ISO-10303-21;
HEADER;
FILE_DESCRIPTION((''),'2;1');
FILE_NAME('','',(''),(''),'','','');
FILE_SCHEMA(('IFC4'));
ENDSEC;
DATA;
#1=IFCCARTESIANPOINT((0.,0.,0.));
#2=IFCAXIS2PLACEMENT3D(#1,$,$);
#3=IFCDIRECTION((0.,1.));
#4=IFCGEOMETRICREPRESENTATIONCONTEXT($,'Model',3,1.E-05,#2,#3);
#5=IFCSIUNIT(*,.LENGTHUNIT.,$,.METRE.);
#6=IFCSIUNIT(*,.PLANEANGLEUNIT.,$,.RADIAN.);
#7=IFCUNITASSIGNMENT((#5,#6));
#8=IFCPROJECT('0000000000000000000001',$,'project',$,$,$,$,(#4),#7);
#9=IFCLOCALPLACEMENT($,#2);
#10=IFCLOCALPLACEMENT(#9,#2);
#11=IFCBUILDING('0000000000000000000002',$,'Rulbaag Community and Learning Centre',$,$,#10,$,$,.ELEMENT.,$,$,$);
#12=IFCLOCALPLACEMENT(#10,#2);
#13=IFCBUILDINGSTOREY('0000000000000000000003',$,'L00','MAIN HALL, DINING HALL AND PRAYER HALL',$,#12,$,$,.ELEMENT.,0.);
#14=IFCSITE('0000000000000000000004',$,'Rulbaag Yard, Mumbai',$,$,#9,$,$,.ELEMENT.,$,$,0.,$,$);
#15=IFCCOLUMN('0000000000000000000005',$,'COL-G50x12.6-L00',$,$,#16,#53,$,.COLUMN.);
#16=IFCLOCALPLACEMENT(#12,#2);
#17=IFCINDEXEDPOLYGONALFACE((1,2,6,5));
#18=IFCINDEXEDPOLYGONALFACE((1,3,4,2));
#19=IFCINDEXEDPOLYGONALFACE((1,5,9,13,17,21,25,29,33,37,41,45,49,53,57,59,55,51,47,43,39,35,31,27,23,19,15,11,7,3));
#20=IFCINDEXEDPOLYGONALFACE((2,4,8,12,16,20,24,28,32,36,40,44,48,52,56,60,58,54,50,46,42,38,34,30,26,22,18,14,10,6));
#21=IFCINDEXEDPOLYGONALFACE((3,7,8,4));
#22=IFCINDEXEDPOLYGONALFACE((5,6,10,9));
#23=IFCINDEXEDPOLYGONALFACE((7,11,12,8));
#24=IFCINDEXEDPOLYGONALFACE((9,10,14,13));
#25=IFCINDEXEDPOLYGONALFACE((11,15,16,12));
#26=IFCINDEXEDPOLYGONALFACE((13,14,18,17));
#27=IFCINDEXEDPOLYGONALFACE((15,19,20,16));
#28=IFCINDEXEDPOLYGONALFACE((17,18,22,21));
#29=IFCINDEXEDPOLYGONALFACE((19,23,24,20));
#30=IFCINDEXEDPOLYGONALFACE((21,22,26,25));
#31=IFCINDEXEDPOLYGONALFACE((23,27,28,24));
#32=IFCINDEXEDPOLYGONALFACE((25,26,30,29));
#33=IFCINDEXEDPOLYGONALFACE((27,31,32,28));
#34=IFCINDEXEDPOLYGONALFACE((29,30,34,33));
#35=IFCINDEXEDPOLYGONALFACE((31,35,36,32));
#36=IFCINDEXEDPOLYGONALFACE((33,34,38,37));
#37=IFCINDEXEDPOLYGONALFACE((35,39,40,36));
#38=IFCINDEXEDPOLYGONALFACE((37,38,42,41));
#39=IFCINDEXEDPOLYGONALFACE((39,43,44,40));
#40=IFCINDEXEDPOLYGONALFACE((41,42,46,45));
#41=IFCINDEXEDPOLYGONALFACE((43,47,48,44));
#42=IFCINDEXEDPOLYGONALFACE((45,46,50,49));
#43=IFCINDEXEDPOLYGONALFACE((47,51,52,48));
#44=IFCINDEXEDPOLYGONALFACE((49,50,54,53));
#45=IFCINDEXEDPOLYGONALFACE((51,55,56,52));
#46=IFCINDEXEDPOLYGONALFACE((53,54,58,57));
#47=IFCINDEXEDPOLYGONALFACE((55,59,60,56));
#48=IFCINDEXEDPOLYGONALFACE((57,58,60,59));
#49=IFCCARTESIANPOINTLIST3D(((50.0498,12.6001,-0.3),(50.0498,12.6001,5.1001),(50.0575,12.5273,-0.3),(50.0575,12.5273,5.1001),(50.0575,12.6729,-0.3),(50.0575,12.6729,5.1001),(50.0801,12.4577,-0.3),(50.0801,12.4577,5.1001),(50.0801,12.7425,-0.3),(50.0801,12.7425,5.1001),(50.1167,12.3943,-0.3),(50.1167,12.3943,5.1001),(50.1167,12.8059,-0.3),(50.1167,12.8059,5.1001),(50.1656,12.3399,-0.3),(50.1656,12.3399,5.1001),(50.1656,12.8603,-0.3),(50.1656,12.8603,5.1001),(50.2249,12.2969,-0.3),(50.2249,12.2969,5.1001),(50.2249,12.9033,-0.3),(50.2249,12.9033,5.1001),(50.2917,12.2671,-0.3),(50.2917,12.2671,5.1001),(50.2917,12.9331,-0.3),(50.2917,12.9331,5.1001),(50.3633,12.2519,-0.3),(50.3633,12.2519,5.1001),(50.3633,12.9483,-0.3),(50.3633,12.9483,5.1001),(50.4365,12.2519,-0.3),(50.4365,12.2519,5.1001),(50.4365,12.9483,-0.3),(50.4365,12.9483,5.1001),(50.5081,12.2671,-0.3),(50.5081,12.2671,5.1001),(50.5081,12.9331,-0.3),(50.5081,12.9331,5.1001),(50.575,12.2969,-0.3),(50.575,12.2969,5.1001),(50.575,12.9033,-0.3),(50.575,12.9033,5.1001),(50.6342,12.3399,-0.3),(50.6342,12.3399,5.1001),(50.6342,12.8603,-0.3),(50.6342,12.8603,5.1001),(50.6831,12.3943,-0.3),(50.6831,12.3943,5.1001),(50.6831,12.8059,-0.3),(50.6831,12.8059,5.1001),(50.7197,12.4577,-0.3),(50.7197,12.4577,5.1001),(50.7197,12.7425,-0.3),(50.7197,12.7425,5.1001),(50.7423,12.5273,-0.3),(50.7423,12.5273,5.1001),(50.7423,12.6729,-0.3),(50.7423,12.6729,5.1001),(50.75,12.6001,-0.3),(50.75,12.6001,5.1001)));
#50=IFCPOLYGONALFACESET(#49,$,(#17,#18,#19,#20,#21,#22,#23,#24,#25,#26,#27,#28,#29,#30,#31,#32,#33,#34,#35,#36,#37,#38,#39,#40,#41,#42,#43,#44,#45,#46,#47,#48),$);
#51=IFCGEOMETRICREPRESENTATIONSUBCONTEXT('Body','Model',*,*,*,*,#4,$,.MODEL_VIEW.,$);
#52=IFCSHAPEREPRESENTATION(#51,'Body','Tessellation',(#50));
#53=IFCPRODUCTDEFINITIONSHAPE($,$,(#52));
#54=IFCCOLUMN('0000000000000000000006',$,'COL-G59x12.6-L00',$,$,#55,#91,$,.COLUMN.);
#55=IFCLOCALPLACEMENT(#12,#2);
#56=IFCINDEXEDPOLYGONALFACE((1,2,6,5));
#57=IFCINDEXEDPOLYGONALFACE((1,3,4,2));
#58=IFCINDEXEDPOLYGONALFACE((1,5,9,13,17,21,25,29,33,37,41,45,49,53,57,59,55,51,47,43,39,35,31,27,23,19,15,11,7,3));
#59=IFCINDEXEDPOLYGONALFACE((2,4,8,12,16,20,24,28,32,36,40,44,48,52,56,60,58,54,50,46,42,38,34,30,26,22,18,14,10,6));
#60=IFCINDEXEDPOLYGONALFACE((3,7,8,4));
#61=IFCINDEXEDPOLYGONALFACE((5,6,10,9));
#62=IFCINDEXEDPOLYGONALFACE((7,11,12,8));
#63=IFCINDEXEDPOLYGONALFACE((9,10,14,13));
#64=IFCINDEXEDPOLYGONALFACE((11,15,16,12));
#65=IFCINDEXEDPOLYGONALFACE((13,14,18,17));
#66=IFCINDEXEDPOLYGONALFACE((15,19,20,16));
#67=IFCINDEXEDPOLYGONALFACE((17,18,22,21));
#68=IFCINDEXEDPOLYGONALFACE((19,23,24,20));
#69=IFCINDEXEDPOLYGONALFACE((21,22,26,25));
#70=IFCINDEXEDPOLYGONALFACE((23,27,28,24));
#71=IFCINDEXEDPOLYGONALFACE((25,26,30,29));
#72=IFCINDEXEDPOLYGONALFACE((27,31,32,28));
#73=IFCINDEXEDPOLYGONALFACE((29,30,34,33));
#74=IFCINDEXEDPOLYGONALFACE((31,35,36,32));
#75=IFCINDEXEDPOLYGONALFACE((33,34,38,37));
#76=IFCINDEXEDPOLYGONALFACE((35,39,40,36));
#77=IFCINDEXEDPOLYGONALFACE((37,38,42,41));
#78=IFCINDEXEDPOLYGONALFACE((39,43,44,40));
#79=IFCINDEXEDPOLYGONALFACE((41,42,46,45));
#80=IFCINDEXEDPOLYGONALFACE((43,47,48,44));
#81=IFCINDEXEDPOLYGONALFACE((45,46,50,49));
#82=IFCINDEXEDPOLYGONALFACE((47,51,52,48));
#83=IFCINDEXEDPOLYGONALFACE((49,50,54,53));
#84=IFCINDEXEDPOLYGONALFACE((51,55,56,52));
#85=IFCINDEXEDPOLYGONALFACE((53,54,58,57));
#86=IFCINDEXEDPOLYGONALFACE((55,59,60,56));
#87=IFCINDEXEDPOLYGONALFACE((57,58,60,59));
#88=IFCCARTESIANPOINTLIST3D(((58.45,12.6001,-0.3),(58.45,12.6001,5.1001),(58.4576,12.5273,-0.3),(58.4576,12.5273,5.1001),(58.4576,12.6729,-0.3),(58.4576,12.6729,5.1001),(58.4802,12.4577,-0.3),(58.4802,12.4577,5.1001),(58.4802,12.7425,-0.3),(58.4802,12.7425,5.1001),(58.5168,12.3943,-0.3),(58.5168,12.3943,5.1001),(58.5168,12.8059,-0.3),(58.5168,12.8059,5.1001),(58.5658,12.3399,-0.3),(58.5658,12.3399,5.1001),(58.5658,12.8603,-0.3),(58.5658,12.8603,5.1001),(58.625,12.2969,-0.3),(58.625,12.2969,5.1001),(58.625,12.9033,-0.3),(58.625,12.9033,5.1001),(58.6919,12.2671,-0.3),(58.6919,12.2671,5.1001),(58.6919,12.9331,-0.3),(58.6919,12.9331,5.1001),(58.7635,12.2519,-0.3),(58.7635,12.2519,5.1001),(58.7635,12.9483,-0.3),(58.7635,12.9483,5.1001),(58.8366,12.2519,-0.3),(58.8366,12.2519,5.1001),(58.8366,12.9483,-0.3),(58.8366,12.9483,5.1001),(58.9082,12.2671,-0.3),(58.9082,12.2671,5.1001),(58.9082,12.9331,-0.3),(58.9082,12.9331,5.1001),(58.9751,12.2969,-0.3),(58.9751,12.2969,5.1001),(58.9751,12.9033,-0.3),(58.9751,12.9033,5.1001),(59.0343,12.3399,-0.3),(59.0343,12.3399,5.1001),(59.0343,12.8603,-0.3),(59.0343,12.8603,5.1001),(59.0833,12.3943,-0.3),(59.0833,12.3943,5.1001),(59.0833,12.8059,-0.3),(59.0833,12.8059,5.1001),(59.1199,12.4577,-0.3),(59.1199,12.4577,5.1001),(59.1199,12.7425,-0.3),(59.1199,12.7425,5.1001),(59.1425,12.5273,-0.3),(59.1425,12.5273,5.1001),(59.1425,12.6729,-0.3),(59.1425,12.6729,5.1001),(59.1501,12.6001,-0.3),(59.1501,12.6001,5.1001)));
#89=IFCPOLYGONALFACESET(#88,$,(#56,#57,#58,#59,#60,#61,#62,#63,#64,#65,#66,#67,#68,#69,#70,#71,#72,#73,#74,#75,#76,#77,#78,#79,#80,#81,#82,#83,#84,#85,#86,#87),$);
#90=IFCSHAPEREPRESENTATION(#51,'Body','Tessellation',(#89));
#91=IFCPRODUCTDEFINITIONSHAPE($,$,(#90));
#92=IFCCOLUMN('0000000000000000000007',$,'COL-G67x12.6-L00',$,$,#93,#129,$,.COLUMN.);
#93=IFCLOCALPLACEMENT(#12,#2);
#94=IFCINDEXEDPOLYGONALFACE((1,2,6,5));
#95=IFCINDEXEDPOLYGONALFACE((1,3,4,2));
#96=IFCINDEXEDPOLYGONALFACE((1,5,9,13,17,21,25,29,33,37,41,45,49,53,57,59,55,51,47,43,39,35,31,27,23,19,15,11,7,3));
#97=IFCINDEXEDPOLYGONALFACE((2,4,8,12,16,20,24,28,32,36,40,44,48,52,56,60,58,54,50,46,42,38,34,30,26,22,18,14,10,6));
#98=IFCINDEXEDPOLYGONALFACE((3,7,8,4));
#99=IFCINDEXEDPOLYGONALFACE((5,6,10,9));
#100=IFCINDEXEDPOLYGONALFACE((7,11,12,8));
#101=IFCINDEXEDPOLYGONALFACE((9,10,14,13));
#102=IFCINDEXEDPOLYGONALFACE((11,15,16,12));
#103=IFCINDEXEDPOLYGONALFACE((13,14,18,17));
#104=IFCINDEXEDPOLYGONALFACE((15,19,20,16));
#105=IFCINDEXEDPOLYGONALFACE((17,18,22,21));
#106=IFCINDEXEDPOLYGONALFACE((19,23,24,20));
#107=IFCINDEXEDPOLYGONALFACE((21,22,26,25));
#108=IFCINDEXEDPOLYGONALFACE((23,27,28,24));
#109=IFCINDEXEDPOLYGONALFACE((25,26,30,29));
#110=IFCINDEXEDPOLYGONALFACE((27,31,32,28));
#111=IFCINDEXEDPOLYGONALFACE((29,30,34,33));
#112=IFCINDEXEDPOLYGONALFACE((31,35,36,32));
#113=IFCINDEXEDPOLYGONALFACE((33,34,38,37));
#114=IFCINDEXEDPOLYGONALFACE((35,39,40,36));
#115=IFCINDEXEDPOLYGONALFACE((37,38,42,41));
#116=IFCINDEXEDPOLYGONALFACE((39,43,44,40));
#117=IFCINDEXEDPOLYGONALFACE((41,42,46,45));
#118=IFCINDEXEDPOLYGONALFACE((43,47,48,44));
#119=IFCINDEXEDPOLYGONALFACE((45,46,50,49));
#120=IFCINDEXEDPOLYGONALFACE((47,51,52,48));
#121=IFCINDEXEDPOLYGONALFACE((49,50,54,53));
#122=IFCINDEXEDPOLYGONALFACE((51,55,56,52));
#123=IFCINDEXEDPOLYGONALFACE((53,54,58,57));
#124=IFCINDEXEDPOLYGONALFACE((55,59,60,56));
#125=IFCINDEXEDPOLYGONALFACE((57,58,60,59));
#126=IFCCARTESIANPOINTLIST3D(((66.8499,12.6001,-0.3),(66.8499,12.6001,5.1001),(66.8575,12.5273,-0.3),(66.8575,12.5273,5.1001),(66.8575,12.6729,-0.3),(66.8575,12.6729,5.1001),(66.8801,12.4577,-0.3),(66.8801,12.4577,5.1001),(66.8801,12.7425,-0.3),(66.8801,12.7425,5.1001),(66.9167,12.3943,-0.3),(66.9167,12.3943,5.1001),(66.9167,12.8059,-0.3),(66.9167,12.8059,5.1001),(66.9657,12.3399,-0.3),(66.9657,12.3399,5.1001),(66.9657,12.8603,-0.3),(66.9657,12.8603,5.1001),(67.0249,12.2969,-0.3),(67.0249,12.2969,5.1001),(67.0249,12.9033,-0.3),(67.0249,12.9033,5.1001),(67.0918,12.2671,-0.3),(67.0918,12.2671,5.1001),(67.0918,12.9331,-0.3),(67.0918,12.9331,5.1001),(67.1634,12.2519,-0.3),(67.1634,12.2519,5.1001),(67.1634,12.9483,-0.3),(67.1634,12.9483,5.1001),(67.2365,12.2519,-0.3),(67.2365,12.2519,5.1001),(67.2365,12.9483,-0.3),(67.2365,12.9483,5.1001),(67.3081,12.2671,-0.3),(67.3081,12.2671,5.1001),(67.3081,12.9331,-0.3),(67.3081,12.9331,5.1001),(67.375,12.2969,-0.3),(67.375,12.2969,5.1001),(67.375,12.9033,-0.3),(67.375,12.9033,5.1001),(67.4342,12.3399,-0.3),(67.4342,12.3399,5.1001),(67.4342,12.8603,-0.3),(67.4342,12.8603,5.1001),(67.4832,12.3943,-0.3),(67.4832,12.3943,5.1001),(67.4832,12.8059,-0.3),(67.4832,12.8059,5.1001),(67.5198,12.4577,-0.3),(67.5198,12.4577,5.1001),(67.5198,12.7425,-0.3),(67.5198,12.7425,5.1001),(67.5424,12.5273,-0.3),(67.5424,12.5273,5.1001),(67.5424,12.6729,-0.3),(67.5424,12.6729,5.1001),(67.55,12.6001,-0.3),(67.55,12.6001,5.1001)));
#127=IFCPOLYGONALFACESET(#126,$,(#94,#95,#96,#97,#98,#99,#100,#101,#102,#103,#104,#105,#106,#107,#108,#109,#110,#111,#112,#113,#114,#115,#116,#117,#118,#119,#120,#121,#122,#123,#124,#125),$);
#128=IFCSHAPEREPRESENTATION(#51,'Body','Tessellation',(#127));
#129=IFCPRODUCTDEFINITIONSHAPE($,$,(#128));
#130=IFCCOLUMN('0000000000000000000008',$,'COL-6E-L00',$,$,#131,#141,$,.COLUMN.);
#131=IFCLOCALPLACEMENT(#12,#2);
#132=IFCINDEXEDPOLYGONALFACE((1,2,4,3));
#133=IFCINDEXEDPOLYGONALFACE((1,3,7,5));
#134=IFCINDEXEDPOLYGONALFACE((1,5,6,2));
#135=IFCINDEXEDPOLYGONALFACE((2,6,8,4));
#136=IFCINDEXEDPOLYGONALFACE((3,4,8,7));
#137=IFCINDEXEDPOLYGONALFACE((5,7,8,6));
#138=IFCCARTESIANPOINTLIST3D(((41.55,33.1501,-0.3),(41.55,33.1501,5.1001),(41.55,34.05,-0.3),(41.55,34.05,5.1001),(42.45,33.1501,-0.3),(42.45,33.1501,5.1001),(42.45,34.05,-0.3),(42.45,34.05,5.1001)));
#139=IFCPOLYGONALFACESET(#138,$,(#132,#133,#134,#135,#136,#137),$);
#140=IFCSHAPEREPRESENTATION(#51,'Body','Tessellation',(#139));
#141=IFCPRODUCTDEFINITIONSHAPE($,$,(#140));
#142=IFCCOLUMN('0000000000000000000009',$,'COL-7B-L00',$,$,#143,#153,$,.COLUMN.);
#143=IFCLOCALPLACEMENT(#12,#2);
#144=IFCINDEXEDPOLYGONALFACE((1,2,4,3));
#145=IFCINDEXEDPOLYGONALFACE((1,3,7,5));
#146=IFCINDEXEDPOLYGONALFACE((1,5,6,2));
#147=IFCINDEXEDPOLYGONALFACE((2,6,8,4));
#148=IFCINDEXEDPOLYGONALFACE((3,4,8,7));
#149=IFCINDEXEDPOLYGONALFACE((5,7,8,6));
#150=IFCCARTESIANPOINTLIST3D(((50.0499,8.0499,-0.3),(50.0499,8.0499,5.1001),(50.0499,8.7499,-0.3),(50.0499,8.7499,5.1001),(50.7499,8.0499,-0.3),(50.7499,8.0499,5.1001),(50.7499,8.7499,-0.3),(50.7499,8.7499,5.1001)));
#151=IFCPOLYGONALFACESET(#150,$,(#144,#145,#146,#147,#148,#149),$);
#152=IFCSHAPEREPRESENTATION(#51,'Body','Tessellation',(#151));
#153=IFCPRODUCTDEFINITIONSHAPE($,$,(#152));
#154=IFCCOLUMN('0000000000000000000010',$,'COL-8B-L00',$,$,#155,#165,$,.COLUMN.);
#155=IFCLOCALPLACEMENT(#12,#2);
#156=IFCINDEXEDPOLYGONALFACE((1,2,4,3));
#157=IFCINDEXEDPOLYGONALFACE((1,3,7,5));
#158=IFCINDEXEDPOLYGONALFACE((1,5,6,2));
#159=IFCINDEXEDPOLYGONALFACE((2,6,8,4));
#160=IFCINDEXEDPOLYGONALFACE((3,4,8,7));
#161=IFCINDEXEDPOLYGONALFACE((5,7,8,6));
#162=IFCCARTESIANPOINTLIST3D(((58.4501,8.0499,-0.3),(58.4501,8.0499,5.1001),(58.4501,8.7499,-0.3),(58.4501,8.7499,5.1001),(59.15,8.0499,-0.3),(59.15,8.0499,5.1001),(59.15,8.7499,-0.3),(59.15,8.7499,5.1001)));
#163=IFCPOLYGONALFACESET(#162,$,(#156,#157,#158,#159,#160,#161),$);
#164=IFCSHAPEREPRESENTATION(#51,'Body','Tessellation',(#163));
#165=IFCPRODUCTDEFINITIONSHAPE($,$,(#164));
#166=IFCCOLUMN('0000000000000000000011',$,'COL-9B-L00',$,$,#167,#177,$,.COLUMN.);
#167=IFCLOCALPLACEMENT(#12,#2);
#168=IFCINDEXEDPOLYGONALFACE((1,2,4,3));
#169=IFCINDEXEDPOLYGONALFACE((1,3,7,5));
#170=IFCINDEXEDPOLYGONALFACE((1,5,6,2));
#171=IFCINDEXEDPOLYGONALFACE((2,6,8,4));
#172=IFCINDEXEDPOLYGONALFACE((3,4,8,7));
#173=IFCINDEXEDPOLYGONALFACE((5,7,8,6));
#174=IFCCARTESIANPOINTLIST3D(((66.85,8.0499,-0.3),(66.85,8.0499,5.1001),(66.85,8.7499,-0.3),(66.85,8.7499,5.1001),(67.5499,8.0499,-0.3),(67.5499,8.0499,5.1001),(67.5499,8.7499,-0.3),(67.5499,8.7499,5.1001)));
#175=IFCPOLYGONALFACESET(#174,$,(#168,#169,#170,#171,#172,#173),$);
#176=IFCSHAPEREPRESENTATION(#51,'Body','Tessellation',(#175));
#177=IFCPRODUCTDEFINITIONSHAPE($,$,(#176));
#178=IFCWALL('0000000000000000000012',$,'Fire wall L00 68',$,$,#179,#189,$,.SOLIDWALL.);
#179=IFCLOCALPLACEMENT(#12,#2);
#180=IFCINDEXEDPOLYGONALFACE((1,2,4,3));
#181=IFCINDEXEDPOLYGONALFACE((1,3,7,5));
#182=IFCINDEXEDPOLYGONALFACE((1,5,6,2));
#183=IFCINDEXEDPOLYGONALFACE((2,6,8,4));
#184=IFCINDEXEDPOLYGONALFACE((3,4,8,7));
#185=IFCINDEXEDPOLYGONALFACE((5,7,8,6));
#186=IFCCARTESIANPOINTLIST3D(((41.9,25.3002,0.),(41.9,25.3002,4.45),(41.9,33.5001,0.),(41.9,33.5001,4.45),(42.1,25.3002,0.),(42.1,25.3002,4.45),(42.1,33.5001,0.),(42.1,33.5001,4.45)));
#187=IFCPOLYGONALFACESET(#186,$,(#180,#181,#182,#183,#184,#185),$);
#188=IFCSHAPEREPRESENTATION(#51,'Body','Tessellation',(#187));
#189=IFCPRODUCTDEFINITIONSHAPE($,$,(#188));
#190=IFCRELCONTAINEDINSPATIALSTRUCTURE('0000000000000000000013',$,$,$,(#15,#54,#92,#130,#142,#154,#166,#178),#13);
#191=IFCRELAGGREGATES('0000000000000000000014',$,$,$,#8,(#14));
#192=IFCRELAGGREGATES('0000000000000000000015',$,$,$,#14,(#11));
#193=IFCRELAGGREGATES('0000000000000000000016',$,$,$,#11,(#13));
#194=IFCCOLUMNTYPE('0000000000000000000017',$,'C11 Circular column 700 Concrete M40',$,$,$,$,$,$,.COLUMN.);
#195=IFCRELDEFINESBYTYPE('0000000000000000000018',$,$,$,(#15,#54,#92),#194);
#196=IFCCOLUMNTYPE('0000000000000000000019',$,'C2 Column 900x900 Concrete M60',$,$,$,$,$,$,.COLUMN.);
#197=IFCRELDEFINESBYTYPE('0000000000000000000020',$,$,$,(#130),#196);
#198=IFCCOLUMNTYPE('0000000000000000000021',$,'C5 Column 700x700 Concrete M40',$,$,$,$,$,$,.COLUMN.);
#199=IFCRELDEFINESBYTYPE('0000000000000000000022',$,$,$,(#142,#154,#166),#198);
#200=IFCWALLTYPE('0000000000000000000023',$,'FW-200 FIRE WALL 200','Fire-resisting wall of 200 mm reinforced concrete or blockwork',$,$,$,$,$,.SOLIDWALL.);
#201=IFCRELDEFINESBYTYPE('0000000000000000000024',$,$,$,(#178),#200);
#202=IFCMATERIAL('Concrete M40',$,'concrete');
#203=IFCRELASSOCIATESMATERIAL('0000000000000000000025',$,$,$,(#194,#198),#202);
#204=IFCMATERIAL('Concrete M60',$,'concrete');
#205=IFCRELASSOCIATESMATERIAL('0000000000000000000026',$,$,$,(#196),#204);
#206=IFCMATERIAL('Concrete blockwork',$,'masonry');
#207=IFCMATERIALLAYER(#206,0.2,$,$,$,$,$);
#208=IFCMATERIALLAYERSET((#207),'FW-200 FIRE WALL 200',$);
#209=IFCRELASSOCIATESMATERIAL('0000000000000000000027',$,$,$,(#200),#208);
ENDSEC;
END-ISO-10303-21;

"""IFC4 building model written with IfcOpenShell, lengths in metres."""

from ifc_helpers import new_model, si_unit, direction, frame, frame_2d, origin, origin_2d, place, context, subcontext, project, spatial, rectangle, circle, extrude, material, layer, layer_set, material_profile, profile_set, type_object, element, save


model = new_model("IFC4")

# Units and contexts
model_context = context("Model", 3, precision=1e-05, world=origin(), true_north=direction((0.0, 1.0)))
body_context = subcontext(model_context, "Body", "Model", "MODEL_VIEW")
ifc_project = project(units=[si_unit("LENGTHUNIT", "METRE"), si_unit("PLANEANGLEUNIT", "RADIAN")], contexts=[model_context])

# Site, building, storey
site_placement = place(None, origin())
site = spatial("IfcSite", under=ifc_project, at=site_placement, Name="Rulbaag Yard, Mumbai", CompositionType="ELEMENT", RefElevation=0.0)
building_placement = place(site_placement, origin())
building = spatial("IfcBuilding", under=site, at=building_placement, Name="Rulbaag Community and Learning Centre", CompositionType="ELEMENT")
storey_placement = place(building_placement, origin())
storey = spatial("IfcBuildingStorey", under=building, at=storey_placement, Name="L00", Description="MAIN HALL, DINING HALL AND PRAYER HALL", CompositionType="ELEMENT", Elevation=0.0)

# Columns
ifc_material_1 = material(Name="Concrete M40", Category="concrete")
ifc_material_profile_1 = material_profile(ifc_material_1, circle(Radius=0.3501, at=origin_2d()), Name="RD700")
ifc_profile_set_1 = profile_set([ifc_material_profile_1], Name="Concrete M40")
column_type_1 = type_object("IfcColumnType", Name="C11 Circular column 700 Concrete M40", PredefinedType="COLUMN", material=ifc_profile_set_1)
for number, where, z_axis, x_axis, name in (
    (1, (50.3999, 12.6001, -0.3), (0.0, 0.0, 1.0), (1.0, 0.0, 0.0), "COL-G50x12.6-L00"),
    (2, (58.8, 12.6001, -0.3), (0.0, 0.0, 1.0), (1.0, 0.0, 0.0), "COL-G59x12.6-L00"),
    (3, (67.2, 12.6001, -0.3), (0.0, 0.0, 1.0), (1.0, 0.0, 0.0), "COL-G67x12.6-L00"),
):
    element("IfcColumn", number, at=place(storey_placement, frame(where, z_axis=z_axis, x_axis=x_axis)), inside=storey, type_object=column_type_1, Name=name, PredefinedType="COLUMN", context=body_context, shape_type="SweptSolid", body=[
        extrude(circle(Radius=0.3501, at=origin_2d()), origin(), (0.0, 0.0, 1.0), 5.4001),
    ])
ifc_material_2 = material(Name="Concrete M60", Category="concrete")
ifc_material_profile_2 = material_profile(ifc_material_2, rectangle(XDim=0.8999, YDim=0.8999, at=origin_2d()), Name="RC900x900")
ifc_profile_set_2 = profile_set([ifc_material_profile_2], Name="Concrete M60")
column_type_2 = type_object("IfcColumnType", Name="C2 Column 900x900 Concrete M60", PredefinedType="COLUMN", material=ifc_profile_set_2)
column_placement = place(storey_placement, frame((42.0, 33.6001, -0.3), z_axis=(0.0, 0.0, 1.0), x_axis=(1.0, 0.0, 0.0)))
element("IfcColumn", 4, at=column_placement, inside=storey, type_object=column_type_2, Name="COL-6E-L00", PredefinedType="COLUMN", context=body_context, shape_type="SweptSolid", body=[
    extrude(rectangle(XDim=0.8999, YDim=0.8999, at=origin_2d()), origin(), (0.0, 0.0, 1.0), 5.4001),
])
ifc_material_profile_3 = material_profile(ifc_material_1, rectangle(XDim=0.7, YDim=0.7, at=origin_2d()), Name="RC700x700")
ifc_profile_set_3 = profile_set([ifc_material_profile_3], Name="Concrete M40")
column_type_3 = type_object("IfcColumnType", Name="C5 Column 700x700 Concrete M40", PredefinedType="COLUMN", material=ifc_profile_set_3)
for number, where, z_axis, x_axis, name in (
    (5, (50.3999, 8.3999, -0.3), (0.0, 0.0, 1.0), (1.0, 0.0, 0.0), "COL-7B-L00"),
    (6, (58.8, 8.3999, -0.3), (0.0, 0.0, 1.0), (1.0, 0.0, 0.0), "COL-8B-L00"),
    (7, (67.2, 8.3999, -0.3), (0.0, 0.0, 1.0), (1.0, 0.0, 0.0), "COL-9B-L00"),
):
    element("IfcColumn", number, at=place(storey_placement, frame(where, z_axis=z_axis, x_axis=x_axis)), inside=storey, type_object=column_type_3, Name=name, PredefinedType="COLUMN", context=body_context, shape_type="SweptSolid", body=[
        extrude(rectangle(XDim=0.7, YDim=0.7, at=origin_2d()), origin(), (0.0, 0.0, 1.0), 5.4001),
    ])

# Wall
ifc_material_3 = material(Name="Concrete blockwork", Category="masonry")
ifc_layer = layer(ifc_material_3, 0.2)
ifc_layer_set = layer_set([ifc_layer], Name="FW-200 FIRE WALL 200")
wall_type = type_object("IfcWallType", Name="FW-200 FIRE WALL 200", Description="Fire-resisting wall of 200 mm reinforced concrete or blockwork", PredefinedType="SOLIDWALL", material=ifc_layer_set)
wall_placement = place(storey_placement, frame((42.0, 25.3, 0.0), z_axis=(0.0, 0.0, 1.0), x_axis=(0.0, 1.0, 0.0)))
element("IfcWall", 8, at=wall_placement, inside=storey, type_object=wall_type, Name="Fire wall L00 68", PredefinedType="SOLIDWALL", context=body_context, shape_type="SweptSolid", body=[
    extrude(rectangle(XDim=8.2, YDim=0.2, at=frame_2d((4.1001, 0.0))), origin(), (0.0, 0.0, 1.0), 4.45),
])

save(model, "model.ifc")
